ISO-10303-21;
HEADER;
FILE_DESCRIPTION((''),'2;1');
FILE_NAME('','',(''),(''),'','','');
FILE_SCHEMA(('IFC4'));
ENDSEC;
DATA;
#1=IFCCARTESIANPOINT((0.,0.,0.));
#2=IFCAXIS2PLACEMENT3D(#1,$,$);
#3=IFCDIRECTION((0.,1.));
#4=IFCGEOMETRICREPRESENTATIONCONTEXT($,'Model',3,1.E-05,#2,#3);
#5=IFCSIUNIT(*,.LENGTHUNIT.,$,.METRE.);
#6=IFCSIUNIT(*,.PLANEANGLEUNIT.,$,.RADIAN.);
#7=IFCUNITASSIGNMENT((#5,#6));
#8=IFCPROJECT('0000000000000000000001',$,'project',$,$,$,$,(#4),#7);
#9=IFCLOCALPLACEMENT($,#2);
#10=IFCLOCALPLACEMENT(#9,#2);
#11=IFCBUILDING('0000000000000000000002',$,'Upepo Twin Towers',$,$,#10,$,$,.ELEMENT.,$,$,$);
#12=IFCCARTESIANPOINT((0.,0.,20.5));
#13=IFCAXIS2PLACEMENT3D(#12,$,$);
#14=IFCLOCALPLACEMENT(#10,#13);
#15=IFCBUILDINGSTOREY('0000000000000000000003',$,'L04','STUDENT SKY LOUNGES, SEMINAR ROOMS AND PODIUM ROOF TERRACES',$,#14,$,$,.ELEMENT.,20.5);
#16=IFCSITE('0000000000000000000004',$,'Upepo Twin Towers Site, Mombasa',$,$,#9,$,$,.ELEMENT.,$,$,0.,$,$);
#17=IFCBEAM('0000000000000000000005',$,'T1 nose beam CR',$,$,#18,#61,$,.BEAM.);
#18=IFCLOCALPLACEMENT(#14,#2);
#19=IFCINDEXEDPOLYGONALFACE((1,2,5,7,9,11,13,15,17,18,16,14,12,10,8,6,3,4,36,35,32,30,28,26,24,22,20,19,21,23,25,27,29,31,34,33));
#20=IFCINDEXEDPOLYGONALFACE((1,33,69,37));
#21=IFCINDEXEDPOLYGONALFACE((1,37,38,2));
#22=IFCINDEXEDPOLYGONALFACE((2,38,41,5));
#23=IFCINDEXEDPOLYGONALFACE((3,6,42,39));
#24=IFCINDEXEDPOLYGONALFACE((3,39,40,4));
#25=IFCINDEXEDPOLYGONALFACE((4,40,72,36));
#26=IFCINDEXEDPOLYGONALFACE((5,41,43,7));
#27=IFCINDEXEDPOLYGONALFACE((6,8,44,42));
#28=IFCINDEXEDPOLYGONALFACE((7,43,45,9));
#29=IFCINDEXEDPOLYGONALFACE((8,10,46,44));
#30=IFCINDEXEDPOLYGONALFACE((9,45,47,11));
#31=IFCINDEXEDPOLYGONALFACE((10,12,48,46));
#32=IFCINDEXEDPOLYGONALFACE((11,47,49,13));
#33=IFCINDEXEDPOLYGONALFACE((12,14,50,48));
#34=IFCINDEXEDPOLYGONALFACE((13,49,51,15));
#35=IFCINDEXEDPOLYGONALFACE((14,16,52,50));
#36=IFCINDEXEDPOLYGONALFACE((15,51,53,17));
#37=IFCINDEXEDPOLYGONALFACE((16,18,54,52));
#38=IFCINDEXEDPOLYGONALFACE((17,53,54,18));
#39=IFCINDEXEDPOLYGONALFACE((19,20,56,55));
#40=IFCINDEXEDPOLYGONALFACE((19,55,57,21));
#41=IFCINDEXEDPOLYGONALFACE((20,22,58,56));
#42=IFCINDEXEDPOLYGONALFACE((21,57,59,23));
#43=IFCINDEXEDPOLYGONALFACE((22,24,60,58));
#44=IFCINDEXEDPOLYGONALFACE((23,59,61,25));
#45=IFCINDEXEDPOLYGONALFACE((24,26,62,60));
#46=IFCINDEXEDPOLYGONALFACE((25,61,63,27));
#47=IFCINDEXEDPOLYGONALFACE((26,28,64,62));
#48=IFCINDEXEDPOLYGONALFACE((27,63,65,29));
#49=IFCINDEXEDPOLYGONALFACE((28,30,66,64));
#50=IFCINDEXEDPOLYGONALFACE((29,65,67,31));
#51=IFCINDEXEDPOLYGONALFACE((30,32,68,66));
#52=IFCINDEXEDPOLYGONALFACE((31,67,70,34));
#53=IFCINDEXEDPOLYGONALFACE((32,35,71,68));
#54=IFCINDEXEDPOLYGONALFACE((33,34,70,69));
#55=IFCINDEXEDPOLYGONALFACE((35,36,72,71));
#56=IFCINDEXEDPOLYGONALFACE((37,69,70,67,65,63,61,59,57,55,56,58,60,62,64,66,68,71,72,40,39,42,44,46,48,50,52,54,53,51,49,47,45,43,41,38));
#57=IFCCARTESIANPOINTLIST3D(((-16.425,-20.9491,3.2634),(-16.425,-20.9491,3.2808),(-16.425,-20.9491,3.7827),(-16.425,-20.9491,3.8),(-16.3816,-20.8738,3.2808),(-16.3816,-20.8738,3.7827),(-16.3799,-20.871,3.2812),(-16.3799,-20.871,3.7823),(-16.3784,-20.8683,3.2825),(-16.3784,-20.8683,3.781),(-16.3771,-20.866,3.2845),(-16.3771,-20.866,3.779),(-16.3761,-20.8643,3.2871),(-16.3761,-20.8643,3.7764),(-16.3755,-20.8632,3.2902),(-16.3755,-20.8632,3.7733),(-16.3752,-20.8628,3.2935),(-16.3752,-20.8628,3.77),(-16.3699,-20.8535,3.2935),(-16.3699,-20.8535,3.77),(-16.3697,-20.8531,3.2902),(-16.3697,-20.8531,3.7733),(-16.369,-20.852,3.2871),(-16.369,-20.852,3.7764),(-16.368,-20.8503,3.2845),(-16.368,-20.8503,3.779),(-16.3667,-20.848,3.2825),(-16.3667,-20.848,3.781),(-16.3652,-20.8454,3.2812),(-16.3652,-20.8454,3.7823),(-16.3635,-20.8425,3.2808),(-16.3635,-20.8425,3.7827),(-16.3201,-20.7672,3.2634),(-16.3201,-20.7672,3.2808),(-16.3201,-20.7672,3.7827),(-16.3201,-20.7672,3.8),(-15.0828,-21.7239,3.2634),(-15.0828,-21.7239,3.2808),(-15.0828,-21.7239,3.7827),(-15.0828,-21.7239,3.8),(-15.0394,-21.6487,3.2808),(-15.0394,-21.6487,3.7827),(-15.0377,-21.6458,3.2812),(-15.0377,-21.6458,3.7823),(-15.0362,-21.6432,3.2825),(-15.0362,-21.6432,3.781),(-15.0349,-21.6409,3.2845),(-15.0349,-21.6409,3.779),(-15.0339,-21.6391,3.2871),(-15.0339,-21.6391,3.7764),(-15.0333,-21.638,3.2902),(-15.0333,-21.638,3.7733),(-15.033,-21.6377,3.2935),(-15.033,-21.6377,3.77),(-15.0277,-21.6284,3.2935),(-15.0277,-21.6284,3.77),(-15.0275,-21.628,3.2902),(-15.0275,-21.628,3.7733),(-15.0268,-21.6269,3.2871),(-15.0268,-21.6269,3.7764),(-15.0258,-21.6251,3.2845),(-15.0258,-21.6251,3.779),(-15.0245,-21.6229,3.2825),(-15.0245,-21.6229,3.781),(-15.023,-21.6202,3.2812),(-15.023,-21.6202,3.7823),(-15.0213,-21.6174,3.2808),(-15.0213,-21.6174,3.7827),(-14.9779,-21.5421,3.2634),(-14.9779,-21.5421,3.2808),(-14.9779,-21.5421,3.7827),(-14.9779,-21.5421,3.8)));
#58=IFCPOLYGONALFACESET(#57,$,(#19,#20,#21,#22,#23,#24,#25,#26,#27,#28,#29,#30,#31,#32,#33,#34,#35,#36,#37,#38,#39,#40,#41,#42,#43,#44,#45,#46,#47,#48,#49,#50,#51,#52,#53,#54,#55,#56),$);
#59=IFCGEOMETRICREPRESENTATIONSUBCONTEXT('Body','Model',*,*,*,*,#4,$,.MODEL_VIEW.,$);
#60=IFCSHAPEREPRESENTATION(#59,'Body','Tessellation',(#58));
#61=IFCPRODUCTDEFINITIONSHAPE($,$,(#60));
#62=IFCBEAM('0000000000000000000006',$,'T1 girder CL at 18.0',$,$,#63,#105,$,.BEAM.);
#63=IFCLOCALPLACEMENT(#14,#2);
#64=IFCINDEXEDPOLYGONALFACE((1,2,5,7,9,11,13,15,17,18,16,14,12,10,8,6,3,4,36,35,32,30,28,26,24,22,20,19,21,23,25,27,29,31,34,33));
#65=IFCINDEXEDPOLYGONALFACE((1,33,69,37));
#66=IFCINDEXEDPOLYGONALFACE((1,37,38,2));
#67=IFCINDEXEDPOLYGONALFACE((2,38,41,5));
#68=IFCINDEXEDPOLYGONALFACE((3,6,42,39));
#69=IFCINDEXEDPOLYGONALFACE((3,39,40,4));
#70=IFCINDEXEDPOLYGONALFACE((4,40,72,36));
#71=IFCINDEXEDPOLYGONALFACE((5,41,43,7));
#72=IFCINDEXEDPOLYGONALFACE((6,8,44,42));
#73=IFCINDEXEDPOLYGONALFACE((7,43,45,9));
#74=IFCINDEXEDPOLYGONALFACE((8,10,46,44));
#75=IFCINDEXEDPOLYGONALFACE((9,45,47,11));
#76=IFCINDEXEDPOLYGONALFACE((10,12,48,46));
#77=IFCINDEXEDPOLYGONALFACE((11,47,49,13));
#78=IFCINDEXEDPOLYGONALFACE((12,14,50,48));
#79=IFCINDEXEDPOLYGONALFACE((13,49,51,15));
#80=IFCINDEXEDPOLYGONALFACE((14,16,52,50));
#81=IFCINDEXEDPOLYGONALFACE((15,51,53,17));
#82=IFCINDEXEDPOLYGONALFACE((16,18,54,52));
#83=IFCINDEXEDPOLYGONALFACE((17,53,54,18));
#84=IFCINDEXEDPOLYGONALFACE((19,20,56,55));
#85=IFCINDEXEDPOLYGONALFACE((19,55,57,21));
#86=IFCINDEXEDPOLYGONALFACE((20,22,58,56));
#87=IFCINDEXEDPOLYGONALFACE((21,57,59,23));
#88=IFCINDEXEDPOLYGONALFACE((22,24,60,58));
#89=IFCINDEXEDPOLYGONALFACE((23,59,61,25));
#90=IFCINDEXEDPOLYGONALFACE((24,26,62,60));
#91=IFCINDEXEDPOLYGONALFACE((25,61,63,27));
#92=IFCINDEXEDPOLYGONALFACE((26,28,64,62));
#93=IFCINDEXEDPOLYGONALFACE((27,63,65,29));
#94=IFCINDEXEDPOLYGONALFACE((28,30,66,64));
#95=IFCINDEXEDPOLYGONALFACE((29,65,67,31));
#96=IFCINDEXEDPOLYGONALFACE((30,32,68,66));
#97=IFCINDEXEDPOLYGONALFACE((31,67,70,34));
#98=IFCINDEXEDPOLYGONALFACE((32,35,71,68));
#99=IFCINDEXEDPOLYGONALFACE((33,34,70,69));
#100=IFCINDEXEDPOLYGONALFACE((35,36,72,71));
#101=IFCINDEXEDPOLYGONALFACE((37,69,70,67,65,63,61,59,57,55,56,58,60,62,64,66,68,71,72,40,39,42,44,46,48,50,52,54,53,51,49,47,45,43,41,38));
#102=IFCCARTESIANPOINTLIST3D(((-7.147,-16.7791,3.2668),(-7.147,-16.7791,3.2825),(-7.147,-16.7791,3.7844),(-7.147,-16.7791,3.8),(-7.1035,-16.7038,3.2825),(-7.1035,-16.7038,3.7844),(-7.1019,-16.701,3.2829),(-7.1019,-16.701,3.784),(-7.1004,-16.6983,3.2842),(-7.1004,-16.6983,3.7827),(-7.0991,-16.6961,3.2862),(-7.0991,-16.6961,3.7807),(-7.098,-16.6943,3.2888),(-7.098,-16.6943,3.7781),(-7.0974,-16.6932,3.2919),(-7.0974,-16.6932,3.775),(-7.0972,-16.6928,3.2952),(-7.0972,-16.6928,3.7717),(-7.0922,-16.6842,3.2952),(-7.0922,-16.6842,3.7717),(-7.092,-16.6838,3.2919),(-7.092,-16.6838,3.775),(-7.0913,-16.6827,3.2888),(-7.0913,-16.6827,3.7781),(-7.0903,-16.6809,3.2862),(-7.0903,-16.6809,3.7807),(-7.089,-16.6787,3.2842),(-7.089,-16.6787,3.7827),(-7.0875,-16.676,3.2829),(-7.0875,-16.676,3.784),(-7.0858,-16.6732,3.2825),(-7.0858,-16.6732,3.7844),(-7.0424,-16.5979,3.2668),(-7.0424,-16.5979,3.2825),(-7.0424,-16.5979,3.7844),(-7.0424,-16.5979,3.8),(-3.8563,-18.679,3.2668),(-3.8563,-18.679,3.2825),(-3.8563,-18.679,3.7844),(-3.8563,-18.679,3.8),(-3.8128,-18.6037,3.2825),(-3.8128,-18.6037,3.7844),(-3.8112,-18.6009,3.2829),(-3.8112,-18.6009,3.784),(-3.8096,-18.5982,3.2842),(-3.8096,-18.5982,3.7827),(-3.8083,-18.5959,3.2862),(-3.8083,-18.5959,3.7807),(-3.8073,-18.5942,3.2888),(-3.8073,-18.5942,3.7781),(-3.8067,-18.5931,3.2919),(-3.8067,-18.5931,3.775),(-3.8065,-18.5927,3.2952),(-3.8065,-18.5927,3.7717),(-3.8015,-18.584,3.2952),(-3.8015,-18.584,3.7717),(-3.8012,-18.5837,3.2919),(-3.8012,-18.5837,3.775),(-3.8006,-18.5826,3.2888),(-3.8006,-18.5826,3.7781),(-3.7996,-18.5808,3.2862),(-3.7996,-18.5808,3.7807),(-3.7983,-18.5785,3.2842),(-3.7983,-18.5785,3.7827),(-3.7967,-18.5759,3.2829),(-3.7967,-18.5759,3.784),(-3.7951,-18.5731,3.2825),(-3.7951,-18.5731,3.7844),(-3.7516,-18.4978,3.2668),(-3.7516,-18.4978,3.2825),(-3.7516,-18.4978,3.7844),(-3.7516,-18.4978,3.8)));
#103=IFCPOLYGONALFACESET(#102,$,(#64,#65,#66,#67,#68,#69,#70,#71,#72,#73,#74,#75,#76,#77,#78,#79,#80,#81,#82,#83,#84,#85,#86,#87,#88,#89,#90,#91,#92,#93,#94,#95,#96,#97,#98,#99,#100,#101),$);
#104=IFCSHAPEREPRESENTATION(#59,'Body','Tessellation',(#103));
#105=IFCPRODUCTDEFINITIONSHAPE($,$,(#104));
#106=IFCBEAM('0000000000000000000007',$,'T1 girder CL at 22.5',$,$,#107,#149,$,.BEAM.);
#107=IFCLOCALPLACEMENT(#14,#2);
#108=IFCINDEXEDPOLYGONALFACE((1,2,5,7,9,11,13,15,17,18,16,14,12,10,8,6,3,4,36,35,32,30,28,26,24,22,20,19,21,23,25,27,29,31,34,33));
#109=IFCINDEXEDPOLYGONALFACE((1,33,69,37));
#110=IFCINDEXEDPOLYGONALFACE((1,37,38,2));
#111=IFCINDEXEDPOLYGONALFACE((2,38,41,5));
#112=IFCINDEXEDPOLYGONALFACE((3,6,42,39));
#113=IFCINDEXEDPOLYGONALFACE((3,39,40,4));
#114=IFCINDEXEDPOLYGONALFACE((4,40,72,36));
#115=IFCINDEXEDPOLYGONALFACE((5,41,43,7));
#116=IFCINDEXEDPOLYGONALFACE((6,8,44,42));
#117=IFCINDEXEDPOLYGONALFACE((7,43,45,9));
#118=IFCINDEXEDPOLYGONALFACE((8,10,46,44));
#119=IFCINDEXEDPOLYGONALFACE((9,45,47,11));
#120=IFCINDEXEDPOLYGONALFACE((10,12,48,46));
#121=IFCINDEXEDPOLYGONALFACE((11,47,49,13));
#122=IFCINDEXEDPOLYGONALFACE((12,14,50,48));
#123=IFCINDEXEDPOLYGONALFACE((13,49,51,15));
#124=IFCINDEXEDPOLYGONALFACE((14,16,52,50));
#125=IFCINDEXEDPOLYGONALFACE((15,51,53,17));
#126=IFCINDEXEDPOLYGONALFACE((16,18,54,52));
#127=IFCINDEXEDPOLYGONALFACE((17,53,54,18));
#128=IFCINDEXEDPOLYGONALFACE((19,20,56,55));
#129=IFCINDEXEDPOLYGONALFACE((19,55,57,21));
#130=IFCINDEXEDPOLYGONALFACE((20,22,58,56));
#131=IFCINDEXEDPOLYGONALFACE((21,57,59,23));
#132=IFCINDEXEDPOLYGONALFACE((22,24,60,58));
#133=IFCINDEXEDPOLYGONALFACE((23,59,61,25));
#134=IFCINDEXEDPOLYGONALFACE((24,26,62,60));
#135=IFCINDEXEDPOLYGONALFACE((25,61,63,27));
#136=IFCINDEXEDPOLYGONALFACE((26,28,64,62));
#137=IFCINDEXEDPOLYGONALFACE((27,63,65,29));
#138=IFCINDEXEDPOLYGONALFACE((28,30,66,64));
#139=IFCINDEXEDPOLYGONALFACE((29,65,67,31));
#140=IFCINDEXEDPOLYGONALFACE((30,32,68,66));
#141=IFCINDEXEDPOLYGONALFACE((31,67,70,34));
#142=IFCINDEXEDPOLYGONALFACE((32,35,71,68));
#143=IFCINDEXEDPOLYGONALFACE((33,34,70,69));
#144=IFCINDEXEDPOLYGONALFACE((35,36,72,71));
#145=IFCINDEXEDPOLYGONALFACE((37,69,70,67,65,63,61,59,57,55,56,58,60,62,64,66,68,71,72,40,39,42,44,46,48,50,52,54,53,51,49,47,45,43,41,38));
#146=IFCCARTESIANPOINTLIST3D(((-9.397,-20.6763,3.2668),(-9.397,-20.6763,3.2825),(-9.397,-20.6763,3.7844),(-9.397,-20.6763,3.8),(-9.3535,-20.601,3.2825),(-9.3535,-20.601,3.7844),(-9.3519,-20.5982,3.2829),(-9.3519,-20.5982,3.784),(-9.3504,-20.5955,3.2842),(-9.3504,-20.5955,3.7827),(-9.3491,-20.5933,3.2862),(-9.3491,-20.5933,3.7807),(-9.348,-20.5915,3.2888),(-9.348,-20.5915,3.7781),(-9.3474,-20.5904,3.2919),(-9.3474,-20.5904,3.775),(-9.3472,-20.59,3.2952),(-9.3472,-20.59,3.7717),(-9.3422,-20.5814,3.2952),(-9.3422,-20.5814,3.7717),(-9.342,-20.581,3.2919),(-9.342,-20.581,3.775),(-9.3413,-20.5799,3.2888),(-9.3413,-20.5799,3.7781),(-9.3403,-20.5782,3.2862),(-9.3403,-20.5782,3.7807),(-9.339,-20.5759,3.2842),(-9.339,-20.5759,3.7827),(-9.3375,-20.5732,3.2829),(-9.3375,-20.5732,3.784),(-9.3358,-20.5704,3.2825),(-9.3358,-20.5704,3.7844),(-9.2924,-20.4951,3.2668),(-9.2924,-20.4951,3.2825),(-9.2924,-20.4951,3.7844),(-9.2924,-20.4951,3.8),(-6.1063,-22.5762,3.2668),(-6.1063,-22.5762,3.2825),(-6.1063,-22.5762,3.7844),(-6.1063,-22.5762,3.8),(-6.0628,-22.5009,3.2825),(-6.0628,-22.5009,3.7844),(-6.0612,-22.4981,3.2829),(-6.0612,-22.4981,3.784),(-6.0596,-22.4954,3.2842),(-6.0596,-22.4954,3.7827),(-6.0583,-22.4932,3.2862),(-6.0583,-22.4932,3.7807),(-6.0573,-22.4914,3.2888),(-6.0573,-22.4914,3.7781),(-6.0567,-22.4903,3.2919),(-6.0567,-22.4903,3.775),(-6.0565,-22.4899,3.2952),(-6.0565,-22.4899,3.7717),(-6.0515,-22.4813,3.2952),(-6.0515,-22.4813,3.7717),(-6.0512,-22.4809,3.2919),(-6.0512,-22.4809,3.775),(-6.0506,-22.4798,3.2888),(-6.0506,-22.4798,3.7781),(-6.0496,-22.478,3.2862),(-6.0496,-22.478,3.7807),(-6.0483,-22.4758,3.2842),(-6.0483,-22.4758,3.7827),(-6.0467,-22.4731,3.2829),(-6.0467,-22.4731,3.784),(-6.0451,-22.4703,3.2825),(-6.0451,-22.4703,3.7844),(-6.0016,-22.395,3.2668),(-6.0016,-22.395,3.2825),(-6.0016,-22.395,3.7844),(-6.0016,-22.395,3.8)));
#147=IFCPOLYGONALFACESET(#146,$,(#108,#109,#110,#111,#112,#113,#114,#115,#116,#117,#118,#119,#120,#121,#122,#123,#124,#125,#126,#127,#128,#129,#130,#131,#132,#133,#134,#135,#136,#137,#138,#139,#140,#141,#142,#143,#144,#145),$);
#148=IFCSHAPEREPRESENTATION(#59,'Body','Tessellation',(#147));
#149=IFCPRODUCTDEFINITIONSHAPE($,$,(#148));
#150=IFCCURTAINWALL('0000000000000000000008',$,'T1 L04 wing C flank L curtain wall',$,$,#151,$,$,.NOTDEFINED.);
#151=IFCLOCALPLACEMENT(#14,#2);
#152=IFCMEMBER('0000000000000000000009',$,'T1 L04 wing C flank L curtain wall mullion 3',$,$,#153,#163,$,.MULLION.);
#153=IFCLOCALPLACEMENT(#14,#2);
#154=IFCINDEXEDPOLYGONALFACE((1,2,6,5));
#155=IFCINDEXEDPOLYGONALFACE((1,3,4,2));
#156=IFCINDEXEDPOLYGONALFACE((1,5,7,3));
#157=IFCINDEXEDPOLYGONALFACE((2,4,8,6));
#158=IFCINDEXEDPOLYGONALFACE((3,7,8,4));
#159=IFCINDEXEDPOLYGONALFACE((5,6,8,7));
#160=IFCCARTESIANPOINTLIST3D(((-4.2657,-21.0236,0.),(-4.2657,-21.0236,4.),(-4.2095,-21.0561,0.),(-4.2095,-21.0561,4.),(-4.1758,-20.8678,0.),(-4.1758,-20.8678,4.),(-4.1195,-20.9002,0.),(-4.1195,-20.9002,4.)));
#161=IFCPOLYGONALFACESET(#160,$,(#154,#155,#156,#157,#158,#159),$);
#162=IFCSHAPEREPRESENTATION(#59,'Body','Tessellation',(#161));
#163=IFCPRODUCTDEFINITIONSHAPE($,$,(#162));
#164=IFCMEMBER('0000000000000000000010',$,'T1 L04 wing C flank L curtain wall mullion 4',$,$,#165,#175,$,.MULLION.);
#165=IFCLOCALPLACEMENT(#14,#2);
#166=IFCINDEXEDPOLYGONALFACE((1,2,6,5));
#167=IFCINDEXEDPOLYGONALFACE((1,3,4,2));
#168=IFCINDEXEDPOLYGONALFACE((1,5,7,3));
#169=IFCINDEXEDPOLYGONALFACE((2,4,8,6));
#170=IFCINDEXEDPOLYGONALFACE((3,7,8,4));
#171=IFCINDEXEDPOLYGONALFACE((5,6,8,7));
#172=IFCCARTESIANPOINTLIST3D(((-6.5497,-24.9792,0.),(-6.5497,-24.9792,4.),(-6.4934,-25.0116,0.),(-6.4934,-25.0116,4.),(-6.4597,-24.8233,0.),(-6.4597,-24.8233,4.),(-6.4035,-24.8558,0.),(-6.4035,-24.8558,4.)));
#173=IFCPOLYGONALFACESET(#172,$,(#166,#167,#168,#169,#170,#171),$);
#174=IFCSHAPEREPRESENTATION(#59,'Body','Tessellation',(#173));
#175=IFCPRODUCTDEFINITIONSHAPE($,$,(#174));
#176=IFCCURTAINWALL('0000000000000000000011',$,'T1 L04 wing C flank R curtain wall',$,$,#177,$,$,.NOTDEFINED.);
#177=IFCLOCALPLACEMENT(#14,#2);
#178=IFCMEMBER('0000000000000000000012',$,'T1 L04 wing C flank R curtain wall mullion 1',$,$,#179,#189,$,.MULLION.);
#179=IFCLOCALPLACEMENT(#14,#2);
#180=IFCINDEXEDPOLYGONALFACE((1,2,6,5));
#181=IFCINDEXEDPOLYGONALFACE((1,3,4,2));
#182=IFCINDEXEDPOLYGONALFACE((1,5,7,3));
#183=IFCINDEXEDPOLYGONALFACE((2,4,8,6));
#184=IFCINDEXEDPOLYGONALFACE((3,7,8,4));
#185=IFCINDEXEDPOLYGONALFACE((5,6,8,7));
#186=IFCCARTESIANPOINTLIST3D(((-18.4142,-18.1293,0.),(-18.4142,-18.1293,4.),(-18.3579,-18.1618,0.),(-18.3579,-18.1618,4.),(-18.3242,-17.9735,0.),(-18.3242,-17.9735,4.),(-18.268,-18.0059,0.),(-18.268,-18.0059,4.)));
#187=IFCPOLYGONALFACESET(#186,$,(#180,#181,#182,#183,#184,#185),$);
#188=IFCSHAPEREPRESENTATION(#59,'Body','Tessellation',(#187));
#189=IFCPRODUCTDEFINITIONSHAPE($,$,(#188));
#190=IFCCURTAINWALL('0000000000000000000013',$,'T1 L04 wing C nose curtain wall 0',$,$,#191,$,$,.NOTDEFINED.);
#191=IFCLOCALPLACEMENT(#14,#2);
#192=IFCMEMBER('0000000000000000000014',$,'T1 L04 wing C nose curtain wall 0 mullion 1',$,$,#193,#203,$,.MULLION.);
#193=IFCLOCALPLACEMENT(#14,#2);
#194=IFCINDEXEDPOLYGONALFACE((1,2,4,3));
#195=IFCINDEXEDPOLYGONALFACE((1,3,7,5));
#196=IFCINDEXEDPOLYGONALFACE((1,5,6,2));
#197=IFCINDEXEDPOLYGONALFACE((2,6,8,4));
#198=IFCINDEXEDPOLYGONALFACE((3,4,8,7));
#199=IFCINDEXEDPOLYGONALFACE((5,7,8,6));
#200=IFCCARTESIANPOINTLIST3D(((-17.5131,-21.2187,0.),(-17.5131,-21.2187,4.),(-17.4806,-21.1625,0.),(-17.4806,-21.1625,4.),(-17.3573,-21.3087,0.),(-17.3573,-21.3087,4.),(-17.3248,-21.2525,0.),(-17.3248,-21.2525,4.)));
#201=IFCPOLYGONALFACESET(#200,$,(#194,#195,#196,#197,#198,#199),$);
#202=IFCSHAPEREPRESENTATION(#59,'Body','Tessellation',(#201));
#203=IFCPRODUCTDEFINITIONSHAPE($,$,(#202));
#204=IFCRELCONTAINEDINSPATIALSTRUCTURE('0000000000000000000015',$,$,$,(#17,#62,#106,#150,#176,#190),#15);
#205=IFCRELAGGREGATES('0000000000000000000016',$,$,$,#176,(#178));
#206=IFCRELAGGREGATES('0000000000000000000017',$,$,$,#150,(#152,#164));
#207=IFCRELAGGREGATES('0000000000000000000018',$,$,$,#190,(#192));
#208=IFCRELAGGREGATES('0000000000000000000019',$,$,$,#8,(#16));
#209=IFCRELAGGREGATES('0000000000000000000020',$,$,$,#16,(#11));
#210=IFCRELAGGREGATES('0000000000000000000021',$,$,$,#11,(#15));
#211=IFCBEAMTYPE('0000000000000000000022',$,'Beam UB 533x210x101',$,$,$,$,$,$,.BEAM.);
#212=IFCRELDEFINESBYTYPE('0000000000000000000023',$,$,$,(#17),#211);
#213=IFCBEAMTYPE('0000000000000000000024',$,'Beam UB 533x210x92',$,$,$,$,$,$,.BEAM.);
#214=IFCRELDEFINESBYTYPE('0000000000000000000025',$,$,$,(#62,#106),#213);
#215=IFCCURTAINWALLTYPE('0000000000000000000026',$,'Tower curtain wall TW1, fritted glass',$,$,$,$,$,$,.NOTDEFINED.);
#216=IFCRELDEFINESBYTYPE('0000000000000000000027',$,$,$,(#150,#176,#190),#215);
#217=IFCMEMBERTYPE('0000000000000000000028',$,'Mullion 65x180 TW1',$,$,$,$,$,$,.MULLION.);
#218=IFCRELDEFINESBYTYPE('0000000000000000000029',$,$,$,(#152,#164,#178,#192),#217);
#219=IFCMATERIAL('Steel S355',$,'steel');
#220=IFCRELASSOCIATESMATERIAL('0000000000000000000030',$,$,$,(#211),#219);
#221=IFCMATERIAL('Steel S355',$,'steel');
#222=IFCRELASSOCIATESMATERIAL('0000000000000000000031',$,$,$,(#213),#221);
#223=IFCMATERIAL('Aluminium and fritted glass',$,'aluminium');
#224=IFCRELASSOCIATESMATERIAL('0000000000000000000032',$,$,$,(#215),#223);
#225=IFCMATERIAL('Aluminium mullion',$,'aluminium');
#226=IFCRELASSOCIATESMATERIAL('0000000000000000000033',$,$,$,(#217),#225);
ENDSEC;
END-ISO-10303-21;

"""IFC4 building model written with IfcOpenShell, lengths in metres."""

from ifc_helpers import new_model, si_unit, direction, frame, origin, origin_2d, place, context, subcontext, project, spatial, rectangle, i_section, extrude, material, material_profile, profile_set, type_object, element, aggregate, save


model = new_model("IFC4")

# Units and contexts
model_context = context("Model", 3, precision=1e-05, world=origin(), true_north=direction((0.0, 1.0)))
body_context = subcontext(model_context, "Body", "Model", "MODEL_VIEW")
ifc_project = project(units=[si_unit("LENGTHUNIT", "METRE"), si_unit("PLANEANGLEUNIT", "RADIAN")], contexts=[model_context])

# Site, building, storey
site_placement = place(None, origin())
site = spatial("IfcSite", under=ifc_project, at=site_placement, Name="Upepo Twin Towers Site, Mombasa", CompositionType="ELEMENT", RefElevation=0.0)
building_placement = place(site_placement, origin())
building = spatial("IfcBuilding", under=site, at=building_placement, Name="Upepo Twin Towers", CompositionType="ELEMENT")
storey_placement = place(building_placement, frame((0.0, 0.0, 20.5)))
storey = spatial("IfcBuildingStorey", under=building, at=storey_placement, Name="L04", Description="STUDENT SKY LOUNGES, SEMINAR ROOMS AND PODIUM ROOF TERRACES", CompositionType="ELEMENT", Elevation=20.5)

# Beams
ifc_material_1 = material(Name="Steel S355", Category="steel")
ifc_material_profile_1 = material_profile(ifc_material_1, i_section(OverallWidth=0.21, OverallDepth=0.5366, WebThickness=0.0107, FlangeThickness=0.0173, FilletRadius=0.0127, at=origin_2d()), Name="UB 533x210x101")
ifc_profile_set_1 = profile_set([ifc_material_profile_1], Name="Steel S355")
beam_type_1 = type_object("IfcBeamType", Name="Beam UB 533x210x101", PredefinedType="BEAM", material=ifc_profile_set_1)
for number, where, z_axis, x_axis, name in (
    (1, (-16.3726, -20.8582, 3.5317), (0.866044, -0.499968, 0.0), (0.499968, 0.866044, 0.0), "T1 nose beam CR"),
):
    element("IfcBeam", number, at=place(storey_placement, frame(where, z_axis=z_axis, x_axis=x_axis)), inside=storey, type_object=beam_type_1, Name=name, PredefinedType="BEAM", context=body_context, shape_type="SweptSolid", body=[
        extrude(i_section(OverallWidth=0.21, OverallDepth=0.5366, WebThickness=0.0107, FlangeThickness=0.0173, FilletRadius=0.0127, at=origin_2d()), origin(), (0.0, 0.0, 1.0), 1.5498),
    ])
ifc_material_2 = material(Name="Steel S355", Category="steel")
ifc_material_profile_2 = material_profile(ifc_material_2, i_section(OverallWidth=0.2092, OverallDepth=0.5332, WebThickness=0.01, FlangeThickness=0.0156, FilletRadius=0.0127, at=origin_2d()), Name="UB 533x210x92")
ifc_profile_set_2 = profile_set([ifc_material_profile_2], Name="Steel S355")
beam_type_2 = type_object("IfcBeamType", Name="Beam UB 533x210x92", PredefinedType="BEAM", material=ifc_profile_set_2)
for number, where, z_axis, x_axis, name in (
    (2, (-3.804, -18.5884, 3.5334), (-0.866028, 0.499995, 0.0), (-0.499995, -0.866028, 0.0), "T1 girder CL at 18.0"),
    (3, (-6.054, -22.4856, 3.5334), (-0.866028, 0.499995, 0.0), (-0.499995, -0.866028, 0.0), "T1 girder CL at 22.5"),
):
    element("IfcBeam", number, at=place(storey_placement, frame(where, z_axis=z_axis, x_axis=x_axis)), inside=storey, type_object=beam_type_2, Name=name, PredefinedType="BEAM", context=body_context, shape_type="SweptSolid", body=[
        extrude(i_section(OverallWidth=0.2092, OverallDepth=0.5332, WebThickness=0.01, FlangeThickness=0.0156, FilletRadius=0.0127, at=origin_2d()), origin(), (0.0, 0.0, 1.0), 3.7998),
    ])

# Curtain wall, members
ifc_material_3 = material(Name="Aluminium and fritted glass", Category="aluminium")
curtain_wall_type = type_object("IfcCurtainWallType", Name="Tower curtain wall TW1, fritted glass", PredefinedType="NOTDEFINED", material=ifc_material_3)
curtain_wall_1_placement = place(storey_placement, origin())
curtain_wall_1 = element("IfcCurtainWall", 4, at=curtain_wall_1_placement, inside=storey, type_object=curtain_wall_type, Name="T1 L04 wing C flank L curtain wall", PredefinedType="NOTDEFINED")
ifc_material_4 = material(Name="Aluminium mullion", Category="aluminium")
ifc_material_profile_3 = material_profile(ifc_material_4, rectangle(XDim=0.0649, YDim=0.1799, at=origin_2d()), Name="MULLION 65x180")
ifc_profile_set_3 = profile_set([ifc_material_profile_3], Name="Aluminium mullion")
member_type_1 = type_object("IfcMemberType", Name="Mullion 65x180 TW1", PredefinedType="MULLION", material=ifc_profile_set_3)
member_1_placement = place(storey_placement, frame((-4.1926, -20.9619, 0.0), z_axis=(0.0, 0.0, 1.0), x_axis=(0.866025, -0.5, 0.0)))
member_1 = element("IfcMember", 5, at=member_1_placement, type_object=member_type_1, Name="T1 L04 wing C flank L curtain wall mullion 3", PredefinedType="MULLION", context=body_context, shape_type="SweptSolid", body=[
    extrude(rectangle(XDim=0.0649, YDim=0.1799, at=origin_2d()), origin(), (0.0, 0.0, 1.0), 4.0),
])
member_2_placement = place(storey_placement, frame((-6.4766, -24.9175, 0.0), z_axis=(0.0, 0.0, 1.0), x_axis=(0.866025, -0.5, 0.0)))
member_2 = element("IfcMember", 6, at=member_2_placement, type_object=member_type_1, Name="T1 L04 wing C flank L curtain wall mullion 4", PredefinedType="MULLION", context=body_context, shape_type="SweptSolid", body=[
    extrude(rectangle(XDim=0.0649, YDim=0.1799, at=origin_2d()), origin(), (0.0, 0.0, 1.0), 4.0),
])

# Curtain wall, member
curtain_wall_2_placement = place(storey_placement, origin())
curtain_wall_2 = element("IfcCurtainWall", 7, at=curtain_wall_2_placement, inside=storey, type_object=curtain_wall_type, Name="T1 L04 wing C flank R curtain wall", PredefinedType="NOTDEFINED")
member_3_placement = place(storey_placement, frame((-18.3411, -18.0676, 0.0), z_axis=(0.0, 0.0, 1.0), x_axis=(-0.866025, 0.5, 0.0)))
member_3 = element("IfcMember", 8, at=member_3_placement, type_object=member_type_1, Name="T1 L04 wing C flank R curtain wall mullion 1", PredefinedType="MULLION", context=body_context, shape_type="SweptSolid", body=[
    extrude(rectangle(XDim=0.0649, YDim=0.1799, at=origin_2d()), origin(), (0.0, 0.0, 1.0), 4.0),
])
aggregate(curtain_wall_2, [member_3])

# Curtain wall, member
curtain_wall_3_placement = place(storey_placement, origin())
curtain_wall_3 = element("IfcCurtainWall", 9, at=curtain_wall_3_placement, inside=storey, type_object=curtain_wall_type, Name="T1 L04 wing C nose curtain wall 0", PredefinedType="NOTDEFINED")
member_4_placement = place(storey_placement, frame((-17.4189, -21.2356, 0.0), z_axis=(0.0, 0.0, 1.0), x_axis=(0.5, 0.866025, 0.0)))
member_4 = element("IfcMember", 10, at=member_4_placement, type_object=member_type_1, Name="T1 L04 wing C nose curtain wall 0 mullion 1", PredefinedType="MULLION", context=body_context, shape_type="SweptSolid", body=[
    extrude(rectangle(XDim=0.0649, YDim=0.1799, at=origin_2d()), origin(), (0.0, 0.0, 1.0), 4.0),
])

aggregate(curtain_wall_1, [member_1, member_2])
aggregate(curtain_wall_3, [member_4])

save(model, "model.ifc")
